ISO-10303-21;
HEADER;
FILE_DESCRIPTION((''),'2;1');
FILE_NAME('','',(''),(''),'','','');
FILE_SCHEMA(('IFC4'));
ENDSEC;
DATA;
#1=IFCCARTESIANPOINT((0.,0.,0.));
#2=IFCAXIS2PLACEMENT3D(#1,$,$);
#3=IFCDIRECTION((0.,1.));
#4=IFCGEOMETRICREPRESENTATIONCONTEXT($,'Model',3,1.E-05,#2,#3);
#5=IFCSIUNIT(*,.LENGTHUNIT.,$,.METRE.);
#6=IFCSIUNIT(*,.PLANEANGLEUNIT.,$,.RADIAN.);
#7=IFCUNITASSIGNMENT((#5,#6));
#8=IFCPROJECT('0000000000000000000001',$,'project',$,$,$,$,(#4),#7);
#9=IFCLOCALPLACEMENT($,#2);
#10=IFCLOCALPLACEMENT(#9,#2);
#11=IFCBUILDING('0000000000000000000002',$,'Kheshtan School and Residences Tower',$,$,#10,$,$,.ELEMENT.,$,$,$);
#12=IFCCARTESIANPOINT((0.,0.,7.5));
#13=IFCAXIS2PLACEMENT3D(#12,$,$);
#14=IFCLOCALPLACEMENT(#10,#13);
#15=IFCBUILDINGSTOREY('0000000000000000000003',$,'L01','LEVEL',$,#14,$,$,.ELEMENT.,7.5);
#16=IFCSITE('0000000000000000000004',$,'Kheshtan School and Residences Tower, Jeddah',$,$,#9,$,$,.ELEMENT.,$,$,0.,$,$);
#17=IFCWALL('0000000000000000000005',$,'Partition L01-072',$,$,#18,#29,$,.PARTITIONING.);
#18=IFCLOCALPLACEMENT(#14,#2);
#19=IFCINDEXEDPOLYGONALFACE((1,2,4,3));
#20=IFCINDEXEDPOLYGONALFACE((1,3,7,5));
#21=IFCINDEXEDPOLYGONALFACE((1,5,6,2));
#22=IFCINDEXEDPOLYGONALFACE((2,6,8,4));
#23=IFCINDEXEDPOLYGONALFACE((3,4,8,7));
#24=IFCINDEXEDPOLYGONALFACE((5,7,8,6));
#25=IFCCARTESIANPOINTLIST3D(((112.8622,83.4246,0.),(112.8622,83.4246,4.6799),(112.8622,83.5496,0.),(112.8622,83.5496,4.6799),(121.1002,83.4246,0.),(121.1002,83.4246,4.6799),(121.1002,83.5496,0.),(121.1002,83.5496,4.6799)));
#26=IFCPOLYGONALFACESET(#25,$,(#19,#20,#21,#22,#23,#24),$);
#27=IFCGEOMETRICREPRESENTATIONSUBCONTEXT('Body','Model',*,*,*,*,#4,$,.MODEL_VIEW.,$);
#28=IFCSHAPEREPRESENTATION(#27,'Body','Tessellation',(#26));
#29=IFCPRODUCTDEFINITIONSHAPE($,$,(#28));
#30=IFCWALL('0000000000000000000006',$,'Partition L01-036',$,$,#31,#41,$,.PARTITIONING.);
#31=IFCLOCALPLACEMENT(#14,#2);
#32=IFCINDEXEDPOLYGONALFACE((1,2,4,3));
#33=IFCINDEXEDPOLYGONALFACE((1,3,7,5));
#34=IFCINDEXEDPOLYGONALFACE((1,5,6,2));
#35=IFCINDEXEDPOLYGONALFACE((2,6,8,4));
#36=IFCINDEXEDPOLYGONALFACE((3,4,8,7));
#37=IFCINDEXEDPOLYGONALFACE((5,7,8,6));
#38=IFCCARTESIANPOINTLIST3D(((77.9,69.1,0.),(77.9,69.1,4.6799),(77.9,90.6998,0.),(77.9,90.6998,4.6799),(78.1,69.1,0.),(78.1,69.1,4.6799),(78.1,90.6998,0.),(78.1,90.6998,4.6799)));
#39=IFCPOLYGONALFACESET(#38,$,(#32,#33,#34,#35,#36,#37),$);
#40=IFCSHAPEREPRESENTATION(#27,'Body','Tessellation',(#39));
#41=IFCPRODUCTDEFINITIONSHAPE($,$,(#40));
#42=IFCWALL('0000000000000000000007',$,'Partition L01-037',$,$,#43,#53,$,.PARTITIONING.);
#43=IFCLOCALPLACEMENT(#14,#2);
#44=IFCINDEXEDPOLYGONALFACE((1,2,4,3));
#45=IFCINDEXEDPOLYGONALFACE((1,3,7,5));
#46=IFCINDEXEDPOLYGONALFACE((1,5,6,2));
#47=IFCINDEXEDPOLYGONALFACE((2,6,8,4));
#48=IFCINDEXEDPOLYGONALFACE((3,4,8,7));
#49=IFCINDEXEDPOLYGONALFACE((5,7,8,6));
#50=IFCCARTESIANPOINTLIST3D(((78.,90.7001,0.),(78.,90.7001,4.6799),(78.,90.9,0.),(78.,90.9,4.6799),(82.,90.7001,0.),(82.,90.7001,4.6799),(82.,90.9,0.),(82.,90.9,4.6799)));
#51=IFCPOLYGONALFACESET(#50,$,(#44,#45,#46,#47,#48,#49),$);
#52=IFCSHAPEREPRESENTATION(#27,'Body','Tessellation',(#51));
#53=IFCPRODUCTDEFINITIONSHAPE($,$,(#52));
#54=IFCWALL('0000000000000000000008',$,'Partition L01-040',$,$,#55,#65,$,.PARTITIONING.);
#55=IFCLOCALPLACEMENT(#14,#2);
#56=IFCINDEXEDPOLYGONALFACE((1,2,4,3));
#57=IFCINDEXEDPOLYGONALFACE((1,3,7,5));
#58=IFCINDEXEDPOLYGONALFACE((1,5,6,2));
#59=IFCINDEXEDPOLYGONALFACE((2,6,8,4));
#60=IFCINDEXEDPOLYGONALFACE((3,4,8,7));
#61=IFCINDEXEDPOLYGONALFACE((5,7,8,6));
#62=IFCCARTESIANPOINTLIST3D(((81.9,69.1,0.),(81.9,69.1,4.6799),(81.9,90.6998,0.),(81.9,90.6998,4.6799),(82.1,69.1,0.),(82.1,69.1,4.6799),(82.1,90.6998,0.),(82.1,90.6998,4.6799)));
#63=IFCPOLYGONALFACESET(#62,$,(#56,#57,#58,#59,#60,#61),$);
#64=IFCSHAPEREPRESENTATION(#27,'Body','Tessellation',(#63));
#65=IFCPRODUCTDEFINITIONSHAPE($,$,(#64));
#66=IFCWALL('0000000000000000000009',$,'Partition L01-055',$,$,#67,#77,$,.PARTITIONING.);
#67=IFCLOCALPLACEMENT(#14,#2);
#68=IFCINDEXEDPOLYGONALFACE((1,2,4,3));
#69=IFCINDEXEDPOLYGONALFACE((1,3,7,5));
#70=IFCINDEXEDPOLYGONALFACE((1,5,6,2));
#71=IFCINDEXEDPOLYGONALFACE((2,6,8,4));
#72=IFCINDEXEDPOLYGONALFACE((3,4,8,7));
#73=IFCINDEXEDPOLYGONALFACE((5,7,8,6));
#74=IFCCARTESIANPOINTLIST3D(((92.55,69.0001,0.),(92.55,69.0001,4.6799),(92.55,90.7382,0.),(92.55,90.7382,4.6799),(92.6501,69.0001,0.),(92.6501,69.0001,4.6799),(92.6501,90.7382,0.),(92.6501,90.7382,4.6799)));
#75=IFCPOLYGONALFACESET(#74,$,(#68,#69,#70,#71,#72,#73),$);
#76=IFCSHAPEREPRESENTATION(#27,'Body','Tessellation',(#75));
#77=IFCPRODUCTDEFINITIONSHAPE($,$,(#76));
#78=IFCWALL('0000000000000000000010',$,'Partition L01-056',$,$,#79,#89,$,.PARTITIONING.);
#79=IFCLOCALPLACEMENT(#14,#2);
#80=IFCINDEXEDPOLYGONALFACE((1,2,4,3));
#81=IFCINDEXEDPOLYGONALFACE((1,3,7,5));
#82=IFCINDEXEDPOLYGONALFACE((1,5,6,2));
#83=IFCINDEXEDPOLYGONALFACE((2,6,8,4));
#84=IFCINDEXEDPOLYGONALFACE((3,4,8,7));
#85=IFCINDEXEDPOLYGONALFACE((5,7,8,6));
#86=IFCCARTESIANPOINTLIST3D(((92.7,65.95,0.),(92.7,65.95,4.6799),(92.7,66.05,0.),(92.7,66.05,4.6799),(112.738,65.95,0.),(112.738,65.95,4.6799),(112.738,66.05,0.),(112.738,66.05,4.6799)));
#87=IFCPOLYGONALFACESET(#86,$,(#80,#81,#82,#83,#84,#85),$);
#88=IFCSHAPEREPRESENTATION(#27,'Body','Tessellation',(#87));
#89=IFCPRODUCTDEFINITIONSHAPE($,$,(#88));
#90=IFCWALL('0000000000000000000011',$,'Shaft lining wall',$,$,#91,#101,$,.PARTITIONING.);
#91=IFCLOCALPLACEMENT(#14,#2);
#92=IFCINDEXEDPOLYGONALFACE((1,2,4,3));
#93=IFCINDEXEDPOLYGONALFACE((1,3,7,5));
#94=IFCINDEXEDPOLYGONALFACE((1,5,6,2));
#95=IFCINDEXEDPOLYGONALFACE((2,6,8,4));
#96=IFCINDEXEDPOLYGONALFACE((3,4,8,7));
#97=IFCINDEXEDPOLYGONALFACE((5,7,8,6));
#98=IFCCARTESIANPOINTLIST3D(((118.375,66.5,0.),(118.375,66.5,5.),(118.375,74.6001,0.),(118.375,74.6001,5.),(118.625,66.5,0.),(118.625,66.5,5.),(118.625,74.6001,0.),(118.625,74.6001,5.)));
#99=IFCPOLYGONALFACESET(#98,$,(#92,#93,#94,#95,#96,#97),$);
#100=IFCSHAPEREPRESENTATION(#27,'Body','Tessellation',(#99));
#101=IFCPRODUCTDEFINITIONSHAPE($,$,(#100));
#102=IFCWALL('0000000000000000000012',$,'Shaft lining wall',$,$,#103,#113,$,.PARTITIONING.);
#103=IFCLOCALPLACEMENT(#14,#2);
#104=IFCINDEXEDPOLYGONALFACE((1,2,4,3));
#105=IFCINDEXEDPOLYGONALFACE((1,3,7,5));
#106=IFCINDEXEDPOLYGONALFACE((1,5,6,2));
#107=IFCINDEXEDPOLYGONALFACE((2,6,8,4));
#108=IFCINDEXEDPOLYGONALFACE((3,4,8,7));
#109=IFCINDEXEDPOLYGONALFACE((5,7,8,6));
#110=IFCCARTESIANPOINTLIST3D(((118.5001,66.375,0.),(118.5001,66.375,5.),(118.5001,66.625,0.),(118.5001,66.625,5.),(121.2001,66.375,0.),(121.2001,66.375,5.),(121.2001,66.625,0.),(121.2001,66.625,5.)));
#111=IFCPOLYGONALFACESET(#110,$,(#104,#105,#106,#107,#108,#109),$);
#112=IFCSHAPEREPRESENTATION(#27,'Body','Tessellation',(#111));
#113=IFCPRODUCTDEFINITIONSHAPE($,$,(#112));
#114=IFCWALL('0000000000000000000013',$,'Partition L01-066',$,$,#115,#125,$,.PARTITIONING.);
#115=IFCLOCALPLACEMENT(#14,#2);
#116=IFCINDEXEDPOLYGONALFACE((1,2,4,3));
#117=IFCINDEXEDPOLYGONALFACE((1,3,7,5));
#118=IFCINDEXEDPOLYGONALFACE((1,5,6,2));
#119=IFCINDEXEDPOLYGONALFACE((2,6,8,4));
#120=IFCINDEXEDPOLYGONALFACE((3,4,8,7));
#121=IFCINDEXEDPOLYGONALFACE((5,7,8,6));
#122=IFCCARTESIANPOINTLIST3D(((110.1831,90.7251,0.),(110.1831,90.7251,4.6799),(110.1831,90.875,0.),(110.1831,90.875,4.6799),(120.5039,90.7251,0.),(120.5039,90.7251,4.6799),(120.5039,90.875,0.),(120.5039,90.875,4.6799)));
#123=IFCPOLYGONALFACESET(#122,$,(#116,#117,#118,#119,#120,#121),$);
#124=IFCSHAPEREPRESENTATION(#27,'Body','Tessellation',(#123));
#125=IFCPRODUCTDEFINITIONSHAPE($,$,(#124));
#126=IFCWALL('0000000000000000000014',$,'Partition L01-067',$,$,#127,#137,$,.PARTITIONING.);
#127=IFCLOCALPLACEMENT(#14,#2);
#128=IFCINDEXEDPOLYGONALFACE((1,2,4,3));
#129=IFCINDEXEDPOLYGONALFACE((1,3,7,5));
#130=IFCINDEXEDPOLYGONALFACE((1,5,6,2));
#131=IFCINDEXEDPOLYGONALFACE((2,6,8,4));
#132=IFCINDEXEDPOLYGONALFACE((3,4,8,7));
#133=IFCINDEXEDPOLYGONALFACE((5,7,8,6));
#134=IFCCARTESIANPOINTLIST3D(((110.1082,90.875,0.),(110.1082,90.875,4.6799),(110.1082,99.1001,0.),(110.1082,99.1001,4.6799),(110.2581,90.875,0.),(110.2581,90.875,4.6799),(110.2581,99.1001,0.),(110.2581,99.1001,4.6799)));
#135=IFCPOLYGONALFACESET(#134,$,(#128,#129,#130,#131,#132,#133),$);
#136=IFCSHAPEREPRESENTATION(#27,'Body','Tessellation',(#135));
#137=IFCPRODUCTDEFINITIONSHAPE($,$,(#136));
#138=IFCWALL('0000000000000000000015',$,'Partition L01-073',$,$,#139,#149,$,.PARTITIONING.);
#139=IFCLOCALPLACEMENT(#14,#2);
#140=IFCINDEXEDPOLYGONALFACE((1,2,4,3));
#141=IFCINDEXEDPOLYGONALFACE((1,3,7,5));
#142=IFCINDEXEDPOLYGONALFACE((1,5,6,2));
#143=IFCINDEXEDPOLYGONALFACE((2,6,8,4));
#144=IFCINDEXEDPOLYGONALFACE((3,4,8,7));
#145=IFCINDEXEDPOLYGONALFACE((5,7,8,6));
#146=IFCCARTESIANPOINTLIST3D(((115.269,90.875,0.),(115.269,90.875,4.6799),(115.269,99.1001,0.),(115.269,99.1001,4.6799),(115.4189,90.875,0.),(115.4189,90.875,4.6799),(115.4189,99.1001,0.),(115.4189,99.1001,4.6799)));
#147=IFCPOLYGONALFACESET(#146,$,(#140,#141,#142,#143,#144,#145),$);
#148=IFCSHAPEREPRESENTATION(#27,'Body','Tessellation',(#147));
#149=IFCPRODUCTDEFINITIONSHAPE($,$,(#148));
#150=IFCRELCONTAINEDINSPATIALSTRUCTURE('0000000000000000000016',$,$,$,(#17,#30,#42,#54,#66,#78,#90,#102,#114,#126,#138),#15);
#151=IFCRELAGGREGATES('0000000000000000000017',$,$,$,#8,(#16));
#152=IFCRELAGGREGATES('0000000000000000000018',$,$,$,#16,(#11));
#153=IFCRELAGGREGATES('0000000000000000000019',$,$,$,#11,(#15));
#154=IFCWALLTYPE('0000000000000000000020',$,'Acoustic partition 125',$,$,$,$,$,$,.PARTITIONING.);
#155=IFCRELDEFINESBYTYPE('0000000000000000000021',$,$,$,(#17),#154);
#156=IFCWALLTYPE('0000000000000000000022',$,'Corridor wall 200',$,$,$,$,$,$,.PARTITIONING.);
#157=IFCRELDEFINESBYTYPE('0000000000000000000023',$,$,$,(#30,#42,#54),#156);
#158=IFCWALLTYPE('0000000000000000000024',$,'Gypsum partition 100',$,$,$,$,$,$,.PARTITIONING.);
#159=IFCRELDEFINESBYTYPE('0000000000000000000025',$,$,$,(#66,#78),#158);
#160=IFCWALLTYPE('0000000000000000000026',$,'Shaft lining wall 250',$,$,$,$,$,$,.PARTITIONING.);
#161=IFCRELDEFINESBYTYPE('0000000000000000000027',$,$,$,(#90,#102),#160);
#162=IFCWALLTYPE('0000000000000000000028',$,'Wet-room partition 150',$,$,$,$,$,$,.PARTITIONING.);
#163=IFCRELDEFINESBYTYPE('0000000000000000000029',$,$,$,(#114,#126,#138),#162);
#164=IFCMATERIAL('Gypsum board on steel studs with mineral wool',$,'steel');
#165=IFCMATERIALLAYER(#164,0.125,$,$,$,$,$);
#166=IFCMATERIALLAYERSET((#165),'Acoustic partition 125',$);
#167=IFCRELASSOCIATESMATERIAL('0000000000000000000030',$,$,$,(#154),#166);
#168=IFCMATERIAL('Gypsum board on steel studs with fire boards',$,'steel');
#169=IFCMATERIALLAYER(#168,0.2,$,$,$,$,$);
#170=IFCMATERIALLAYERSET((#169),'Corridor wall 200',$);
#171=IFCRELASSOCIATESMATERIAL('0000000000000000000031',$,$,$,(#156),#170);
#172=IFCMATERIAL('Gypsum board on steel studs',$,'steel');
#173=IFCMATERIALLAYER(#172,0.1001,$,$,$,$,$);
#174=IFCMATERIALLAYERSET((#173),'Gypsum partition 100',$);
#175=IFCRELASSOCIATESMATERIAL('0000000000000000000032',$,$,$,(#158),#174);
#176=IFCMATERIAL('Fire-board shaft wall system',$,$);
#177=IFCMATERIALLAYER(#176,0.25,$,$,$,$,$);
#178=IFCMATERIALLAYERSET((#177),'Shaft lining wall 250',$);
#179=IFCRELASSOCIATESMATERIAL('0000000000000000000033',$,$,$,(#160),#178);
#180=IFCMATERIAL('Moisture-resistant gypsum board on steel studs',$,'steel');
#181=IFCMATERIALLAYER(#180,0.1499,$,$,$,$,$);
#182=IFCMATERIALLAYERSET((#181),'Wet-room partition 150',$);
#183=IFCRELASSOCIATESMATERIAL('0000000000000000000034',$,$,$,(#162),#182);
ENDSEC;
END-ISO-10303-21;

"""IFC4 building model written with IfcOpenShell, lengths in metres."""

from ifc_helpers import new_model, si_unit, direction, frame, frame_2d, origin, place, context, subcontext, project, spatial, rectangle, extrude, material, layer, layer_set, type_object, element, save


model = new_model("IFC4")

# Units and contexts
model_context = context("Model", 3, precision=1e-05, world=origin(), true_north=direction((0.0, 1.0)))
body_context = subcontext(model_context, "Body", "Model", "MODEL_VIEW")
ifc_project = project(units=[si_unit("LENGTHUNIT", "METRE"), si_unit("PLANEANGLEUNIT", "RADIAN")], contexts=[model_context])

# Site, building, storey
site_placement = place(None, origin())
site = spatial("IfcSite", under=ifc_project, at=site_placement, Name="Kheshtan School and Residences Tower, Jeddah", CompositionType="ELEMENT", RefElevation=0.0)
building_placement = place(site_placement, origin())
building = spatial("IfcBuilding", under=site, at=building_placement, Name="Kheshtan School and Residences Tower", CompositionType="ELEMENT")
storey_placement = place(building_placement, frame((0.0, 0.0, 7.5)))
storey = spatial("IfcBuildingStorey", under=building, at=storey_placement, Name="L01", Description="LEVEL", CompositionType="ELEMENT", Elevation=7.5)

# Walls
ifc_material_1 = material(Name="Gypsum board on steel studs with mineral wool", Category="steel")
ifc_layer_1 = layer(ifc_material_1, 0.125)
ifc_layer_set_1 = layer_set([ifc_layer_1], Name="Acoustic partition 125")
wall_type_1 = type_object("IfcWallType", Name="Acoustic partition 125", PredefinedType="PARTITIONING", material=ifc_layer_set_1)
wall_1_placement = place(storey_placement, frame((112.8621, 83.4871, 0.0), z_axis=(0.0, 0.0, 1.0), x_axis=(1.0, 0.0, 0.0)))
element("IfcWall", 1, at=wall_1_placement, inside=storey, type_object=wall_type_1, Name="Partition L01-072", PredefinedType="PARTITIONING", context=body_context, shape_type="SweptSolid", body=[
    extrude(rectangle(XDim=8.238, YDim=0.125, at=frame_2d((4.1191, 0.0))), origin(), (0.0, 0.0, 1.0), 4.6799),
])
ifc_material_2 = material(Name="Gypsum board on steel studs with fire boards", Category="steel")
ifc_layer_2 = layer(ifc_material_2, 0.2)
ifc_layer_set_2 = layer_set([ifc_layer_2], Name="Corridor wall 200")
wall_type_2 = type_object("IfcWallType", Name="Corridor wall 200", PredefinedType="PARTITIONING", material=ifc_layer_set_2)
wall_2_placement = place(storey_placement, frame((78.0, 69.1001, 0.0), z_axis=(0.0, 0.0, 1.0), x_axis=(0.0, 1.0, 0.0)))
element("IfcWall", 2, at=wall_2_placement, inside=storey, type_object=wall_type_2, Name="Partition L01-036", PredefinedType="PARTITIONING", context=body_context, shape_type="SweptSolid", body=[
    extrude(rectangle(XDim=21.5999, YDim=0.2, at=frame_2d((10.7998, 0.0))), origin(), (0.0, 0.0, 1.0), 4.6799),
])
wall_3_placement = place(storey_placement, frame((78.0, 90.8, 0.0), z_axis=(0.0, 0.0, 1.0), x_axis=(1.0, 0.0, 0.0)))
element("IfcWall", 3, at=wall_3_placement, inside=storey, type_object=wall_type_2, Name="Partition L01-037", PredefinedType="PARTITIONING", context=body_context, shape_type="SweptSolid", body=[
    extrude(rectangle(XDim=4.0, YDim=0.2, at=frame_2d((2.0, 0.0))), origin(), (0.0, 0.0, 1.0), 4.6799),
])
wall_4_placement = place(storey_placement, frame((82.0, 69.1001, 0.0), z_axis=(0.0, 0.0, 1.0), x_axis=(0.0, 1.0, 0.0)))
element("IfcWall", 4, at=wall_4_placement, inside=storey, type_object=wall_type_2, Name="Partition L01-040", PredefinedType="PARTITIONING", context=body_context, shape_type="SweptSolid", body=[
    extrude(rectangle(XDim=21.5999, YDim=0.2, at=frame_2d((10.7998, 0.0))), origin(), (0.0, 0.0, 1.0), 4.6799),
])
ifc_material_3 = material(Name="Gypsum board on steel studs", Category="steel")
ifc_layer_3 = layer(ifc_material_3, 0.1001)
ifc_layer_set_3 = layer_set([ifc_layer_3], Name="Gypsum partition 100")
wall_type_3 = type_object("IfcWallType", Name="Gypsum partition 100", PredefinedType="PARTITIONING", material=ifc_layer_set_3)
wall_5_placement = place(storey_placement, frame((92.6001, 69.0, 0.0), z_axis=(0.0, 0.0, 1.0), x_axis=(0.0, 1.0, 0.0)))
element("IfcWall", 5, at=wall_5_placement, inside=storey, type_object=wall_type_3, Name="Partition L01-055", PredefinedType="PARTITIONING", context=body_context, shape_type="SweptSolid", body=[
    extrude(rectangle(XDim=21.738, YDim=0.1001, at=frame_2d((10.8691, 0.0))), origin(), (0.0, 0.0, 1.0), 4.6799),
])
wall_6_placement = place(storey_placement, frame((92.7, 66.0, 0.0), z_axis=(0.0, 0.0, 1.0), x_axis=(1.0, 0.0, 0.0)))
element("IfcWall", 6, at=wall_6_placement, inside=storey, type_object=wall_type_3, Name="Partition L01-056", PredefinedType="PARTITIONING", context=body_context, shape_type="SweptSolid", body=[
    extrude(rectangle(XDim=20.0381, YDim=0.1001, at=frame_2d((10.019, 0.0))), origin(), (0.0, 0.0, 1.0), 4.6799),
])
ifc_material_4 = material(Name="Fire-board shaft wall system")
ifc_layer_4 = layer(ifc_material_4, 0.25)
ifc_layer_set_4 = layer_set([ifc_layer_4], Name="Shaft lining wall 250")
wall_type_4 = type_object("IfcWallType", Name="Shaft lining wall 250", PredefinedType="PARTITIONING", material=ifc_layer_set_4)
wall_7_placement = place(storey_placement, frame((118.5, 66.5, 0.0), z_axis=(0.0, 0.0, 1.0), x_axis=(0.0, 1.0, 0.0)))
element("IfcWall", 7, at=wall_7_placement, inside=storey, type_object=wall_type_4, Name="Shaft lining wall", PredefinedType="PARTITIONING", context=body_context, shape_type="SweptSolid", body=[
    extrude(rectangle(XDim=8.1001, YDim=0.25, at=frame_2d((4.05, 0.0))), origin(), (0.0, 0.0, 1.0), 5.0),
])
wall_8_placement = place(storey_placement, frame((118.5, 66.5, 0.0), z_axis=(0.0, 0.0, 1.0), x_axis=(1.0, 0.0, 0.0)))
element("IfcWall", 8, at=wall_8_placement, inside=storey, type_object=wall_type_4, Name="Shaft lining wall", PredefinedType="PARTITIONING", context=body_context, shape_type="SweptSolid", body=[
    extrude(rectangle(XDim=2.7, YDim=0.25, at=frame_2d((1.3501, 0.0))), origin(), (0.0, 0.0, 1.0), 5.0),
])
ifc_material_5 = material(Name="Moisture-resistant gypsum board on steel studs", Category="steel")
ifc_layer_5 = layer(ifc_material_5, 0.1499)
ifc_layer_set_5 = layer_set([ifc_layer_5], Name="Wet-room partition 150")
wall_type_5 = type_object("IfcWallType", Name="Wet-room partition 150", PredefinedType="PARTITIONING", material=ifc_layer_set_5)
wall_9_placement = place(storey_placement, frame((110.1831, 90.8, 0.0), z_axis=(0.0, 0.0, 1.0), x_axis=(1.0, 0.0, 0.0)))
element("IfcWall", 9, at=wall_9_placement, inside=storey, type_object=wall_type_5, Name="Partition L01-066", PredefinedType="PARTITIONING", context=body_context, shape_type="SweptSolid", body=[
    extrude(rectangle(XDim=10.3208, YDim=0.1499, at=frame_2d((5.1604, 0.0))), origin(), (0.0, 0.0, 1.0), 4.6799),
])
for number, where, z_axis, x_axis, name in (
    (10, (110.1831, 90.875, 0.0), (0.0, 0.0, 1.0), (0.0, 1.0, 0.0), "Partition L01-067"),
    (11, (115.344, 90.875, 0.0), (0.0, 0.0, 1.0), (0.0, 1.0, 0.0), "Partition L01-073"),
):
    element("IfcWall", number, at=place(storey_placement, frame(where, z_axis=z_axis, x_axis=x_axis)), inside=storey, type_object=wall_type_5, Name=name, PredefinedType="PARTITIONING", context=body_context, shape_type="SweptSolid", body=[
        extrude(rectangle(XDim=8.2251, YDim=0.1499, at=frame_2d((4.1125, 0.0))), origin(), (0.0, 0.0, 1.0), 4.6799),
    ])

save(model, "model.ifc")
